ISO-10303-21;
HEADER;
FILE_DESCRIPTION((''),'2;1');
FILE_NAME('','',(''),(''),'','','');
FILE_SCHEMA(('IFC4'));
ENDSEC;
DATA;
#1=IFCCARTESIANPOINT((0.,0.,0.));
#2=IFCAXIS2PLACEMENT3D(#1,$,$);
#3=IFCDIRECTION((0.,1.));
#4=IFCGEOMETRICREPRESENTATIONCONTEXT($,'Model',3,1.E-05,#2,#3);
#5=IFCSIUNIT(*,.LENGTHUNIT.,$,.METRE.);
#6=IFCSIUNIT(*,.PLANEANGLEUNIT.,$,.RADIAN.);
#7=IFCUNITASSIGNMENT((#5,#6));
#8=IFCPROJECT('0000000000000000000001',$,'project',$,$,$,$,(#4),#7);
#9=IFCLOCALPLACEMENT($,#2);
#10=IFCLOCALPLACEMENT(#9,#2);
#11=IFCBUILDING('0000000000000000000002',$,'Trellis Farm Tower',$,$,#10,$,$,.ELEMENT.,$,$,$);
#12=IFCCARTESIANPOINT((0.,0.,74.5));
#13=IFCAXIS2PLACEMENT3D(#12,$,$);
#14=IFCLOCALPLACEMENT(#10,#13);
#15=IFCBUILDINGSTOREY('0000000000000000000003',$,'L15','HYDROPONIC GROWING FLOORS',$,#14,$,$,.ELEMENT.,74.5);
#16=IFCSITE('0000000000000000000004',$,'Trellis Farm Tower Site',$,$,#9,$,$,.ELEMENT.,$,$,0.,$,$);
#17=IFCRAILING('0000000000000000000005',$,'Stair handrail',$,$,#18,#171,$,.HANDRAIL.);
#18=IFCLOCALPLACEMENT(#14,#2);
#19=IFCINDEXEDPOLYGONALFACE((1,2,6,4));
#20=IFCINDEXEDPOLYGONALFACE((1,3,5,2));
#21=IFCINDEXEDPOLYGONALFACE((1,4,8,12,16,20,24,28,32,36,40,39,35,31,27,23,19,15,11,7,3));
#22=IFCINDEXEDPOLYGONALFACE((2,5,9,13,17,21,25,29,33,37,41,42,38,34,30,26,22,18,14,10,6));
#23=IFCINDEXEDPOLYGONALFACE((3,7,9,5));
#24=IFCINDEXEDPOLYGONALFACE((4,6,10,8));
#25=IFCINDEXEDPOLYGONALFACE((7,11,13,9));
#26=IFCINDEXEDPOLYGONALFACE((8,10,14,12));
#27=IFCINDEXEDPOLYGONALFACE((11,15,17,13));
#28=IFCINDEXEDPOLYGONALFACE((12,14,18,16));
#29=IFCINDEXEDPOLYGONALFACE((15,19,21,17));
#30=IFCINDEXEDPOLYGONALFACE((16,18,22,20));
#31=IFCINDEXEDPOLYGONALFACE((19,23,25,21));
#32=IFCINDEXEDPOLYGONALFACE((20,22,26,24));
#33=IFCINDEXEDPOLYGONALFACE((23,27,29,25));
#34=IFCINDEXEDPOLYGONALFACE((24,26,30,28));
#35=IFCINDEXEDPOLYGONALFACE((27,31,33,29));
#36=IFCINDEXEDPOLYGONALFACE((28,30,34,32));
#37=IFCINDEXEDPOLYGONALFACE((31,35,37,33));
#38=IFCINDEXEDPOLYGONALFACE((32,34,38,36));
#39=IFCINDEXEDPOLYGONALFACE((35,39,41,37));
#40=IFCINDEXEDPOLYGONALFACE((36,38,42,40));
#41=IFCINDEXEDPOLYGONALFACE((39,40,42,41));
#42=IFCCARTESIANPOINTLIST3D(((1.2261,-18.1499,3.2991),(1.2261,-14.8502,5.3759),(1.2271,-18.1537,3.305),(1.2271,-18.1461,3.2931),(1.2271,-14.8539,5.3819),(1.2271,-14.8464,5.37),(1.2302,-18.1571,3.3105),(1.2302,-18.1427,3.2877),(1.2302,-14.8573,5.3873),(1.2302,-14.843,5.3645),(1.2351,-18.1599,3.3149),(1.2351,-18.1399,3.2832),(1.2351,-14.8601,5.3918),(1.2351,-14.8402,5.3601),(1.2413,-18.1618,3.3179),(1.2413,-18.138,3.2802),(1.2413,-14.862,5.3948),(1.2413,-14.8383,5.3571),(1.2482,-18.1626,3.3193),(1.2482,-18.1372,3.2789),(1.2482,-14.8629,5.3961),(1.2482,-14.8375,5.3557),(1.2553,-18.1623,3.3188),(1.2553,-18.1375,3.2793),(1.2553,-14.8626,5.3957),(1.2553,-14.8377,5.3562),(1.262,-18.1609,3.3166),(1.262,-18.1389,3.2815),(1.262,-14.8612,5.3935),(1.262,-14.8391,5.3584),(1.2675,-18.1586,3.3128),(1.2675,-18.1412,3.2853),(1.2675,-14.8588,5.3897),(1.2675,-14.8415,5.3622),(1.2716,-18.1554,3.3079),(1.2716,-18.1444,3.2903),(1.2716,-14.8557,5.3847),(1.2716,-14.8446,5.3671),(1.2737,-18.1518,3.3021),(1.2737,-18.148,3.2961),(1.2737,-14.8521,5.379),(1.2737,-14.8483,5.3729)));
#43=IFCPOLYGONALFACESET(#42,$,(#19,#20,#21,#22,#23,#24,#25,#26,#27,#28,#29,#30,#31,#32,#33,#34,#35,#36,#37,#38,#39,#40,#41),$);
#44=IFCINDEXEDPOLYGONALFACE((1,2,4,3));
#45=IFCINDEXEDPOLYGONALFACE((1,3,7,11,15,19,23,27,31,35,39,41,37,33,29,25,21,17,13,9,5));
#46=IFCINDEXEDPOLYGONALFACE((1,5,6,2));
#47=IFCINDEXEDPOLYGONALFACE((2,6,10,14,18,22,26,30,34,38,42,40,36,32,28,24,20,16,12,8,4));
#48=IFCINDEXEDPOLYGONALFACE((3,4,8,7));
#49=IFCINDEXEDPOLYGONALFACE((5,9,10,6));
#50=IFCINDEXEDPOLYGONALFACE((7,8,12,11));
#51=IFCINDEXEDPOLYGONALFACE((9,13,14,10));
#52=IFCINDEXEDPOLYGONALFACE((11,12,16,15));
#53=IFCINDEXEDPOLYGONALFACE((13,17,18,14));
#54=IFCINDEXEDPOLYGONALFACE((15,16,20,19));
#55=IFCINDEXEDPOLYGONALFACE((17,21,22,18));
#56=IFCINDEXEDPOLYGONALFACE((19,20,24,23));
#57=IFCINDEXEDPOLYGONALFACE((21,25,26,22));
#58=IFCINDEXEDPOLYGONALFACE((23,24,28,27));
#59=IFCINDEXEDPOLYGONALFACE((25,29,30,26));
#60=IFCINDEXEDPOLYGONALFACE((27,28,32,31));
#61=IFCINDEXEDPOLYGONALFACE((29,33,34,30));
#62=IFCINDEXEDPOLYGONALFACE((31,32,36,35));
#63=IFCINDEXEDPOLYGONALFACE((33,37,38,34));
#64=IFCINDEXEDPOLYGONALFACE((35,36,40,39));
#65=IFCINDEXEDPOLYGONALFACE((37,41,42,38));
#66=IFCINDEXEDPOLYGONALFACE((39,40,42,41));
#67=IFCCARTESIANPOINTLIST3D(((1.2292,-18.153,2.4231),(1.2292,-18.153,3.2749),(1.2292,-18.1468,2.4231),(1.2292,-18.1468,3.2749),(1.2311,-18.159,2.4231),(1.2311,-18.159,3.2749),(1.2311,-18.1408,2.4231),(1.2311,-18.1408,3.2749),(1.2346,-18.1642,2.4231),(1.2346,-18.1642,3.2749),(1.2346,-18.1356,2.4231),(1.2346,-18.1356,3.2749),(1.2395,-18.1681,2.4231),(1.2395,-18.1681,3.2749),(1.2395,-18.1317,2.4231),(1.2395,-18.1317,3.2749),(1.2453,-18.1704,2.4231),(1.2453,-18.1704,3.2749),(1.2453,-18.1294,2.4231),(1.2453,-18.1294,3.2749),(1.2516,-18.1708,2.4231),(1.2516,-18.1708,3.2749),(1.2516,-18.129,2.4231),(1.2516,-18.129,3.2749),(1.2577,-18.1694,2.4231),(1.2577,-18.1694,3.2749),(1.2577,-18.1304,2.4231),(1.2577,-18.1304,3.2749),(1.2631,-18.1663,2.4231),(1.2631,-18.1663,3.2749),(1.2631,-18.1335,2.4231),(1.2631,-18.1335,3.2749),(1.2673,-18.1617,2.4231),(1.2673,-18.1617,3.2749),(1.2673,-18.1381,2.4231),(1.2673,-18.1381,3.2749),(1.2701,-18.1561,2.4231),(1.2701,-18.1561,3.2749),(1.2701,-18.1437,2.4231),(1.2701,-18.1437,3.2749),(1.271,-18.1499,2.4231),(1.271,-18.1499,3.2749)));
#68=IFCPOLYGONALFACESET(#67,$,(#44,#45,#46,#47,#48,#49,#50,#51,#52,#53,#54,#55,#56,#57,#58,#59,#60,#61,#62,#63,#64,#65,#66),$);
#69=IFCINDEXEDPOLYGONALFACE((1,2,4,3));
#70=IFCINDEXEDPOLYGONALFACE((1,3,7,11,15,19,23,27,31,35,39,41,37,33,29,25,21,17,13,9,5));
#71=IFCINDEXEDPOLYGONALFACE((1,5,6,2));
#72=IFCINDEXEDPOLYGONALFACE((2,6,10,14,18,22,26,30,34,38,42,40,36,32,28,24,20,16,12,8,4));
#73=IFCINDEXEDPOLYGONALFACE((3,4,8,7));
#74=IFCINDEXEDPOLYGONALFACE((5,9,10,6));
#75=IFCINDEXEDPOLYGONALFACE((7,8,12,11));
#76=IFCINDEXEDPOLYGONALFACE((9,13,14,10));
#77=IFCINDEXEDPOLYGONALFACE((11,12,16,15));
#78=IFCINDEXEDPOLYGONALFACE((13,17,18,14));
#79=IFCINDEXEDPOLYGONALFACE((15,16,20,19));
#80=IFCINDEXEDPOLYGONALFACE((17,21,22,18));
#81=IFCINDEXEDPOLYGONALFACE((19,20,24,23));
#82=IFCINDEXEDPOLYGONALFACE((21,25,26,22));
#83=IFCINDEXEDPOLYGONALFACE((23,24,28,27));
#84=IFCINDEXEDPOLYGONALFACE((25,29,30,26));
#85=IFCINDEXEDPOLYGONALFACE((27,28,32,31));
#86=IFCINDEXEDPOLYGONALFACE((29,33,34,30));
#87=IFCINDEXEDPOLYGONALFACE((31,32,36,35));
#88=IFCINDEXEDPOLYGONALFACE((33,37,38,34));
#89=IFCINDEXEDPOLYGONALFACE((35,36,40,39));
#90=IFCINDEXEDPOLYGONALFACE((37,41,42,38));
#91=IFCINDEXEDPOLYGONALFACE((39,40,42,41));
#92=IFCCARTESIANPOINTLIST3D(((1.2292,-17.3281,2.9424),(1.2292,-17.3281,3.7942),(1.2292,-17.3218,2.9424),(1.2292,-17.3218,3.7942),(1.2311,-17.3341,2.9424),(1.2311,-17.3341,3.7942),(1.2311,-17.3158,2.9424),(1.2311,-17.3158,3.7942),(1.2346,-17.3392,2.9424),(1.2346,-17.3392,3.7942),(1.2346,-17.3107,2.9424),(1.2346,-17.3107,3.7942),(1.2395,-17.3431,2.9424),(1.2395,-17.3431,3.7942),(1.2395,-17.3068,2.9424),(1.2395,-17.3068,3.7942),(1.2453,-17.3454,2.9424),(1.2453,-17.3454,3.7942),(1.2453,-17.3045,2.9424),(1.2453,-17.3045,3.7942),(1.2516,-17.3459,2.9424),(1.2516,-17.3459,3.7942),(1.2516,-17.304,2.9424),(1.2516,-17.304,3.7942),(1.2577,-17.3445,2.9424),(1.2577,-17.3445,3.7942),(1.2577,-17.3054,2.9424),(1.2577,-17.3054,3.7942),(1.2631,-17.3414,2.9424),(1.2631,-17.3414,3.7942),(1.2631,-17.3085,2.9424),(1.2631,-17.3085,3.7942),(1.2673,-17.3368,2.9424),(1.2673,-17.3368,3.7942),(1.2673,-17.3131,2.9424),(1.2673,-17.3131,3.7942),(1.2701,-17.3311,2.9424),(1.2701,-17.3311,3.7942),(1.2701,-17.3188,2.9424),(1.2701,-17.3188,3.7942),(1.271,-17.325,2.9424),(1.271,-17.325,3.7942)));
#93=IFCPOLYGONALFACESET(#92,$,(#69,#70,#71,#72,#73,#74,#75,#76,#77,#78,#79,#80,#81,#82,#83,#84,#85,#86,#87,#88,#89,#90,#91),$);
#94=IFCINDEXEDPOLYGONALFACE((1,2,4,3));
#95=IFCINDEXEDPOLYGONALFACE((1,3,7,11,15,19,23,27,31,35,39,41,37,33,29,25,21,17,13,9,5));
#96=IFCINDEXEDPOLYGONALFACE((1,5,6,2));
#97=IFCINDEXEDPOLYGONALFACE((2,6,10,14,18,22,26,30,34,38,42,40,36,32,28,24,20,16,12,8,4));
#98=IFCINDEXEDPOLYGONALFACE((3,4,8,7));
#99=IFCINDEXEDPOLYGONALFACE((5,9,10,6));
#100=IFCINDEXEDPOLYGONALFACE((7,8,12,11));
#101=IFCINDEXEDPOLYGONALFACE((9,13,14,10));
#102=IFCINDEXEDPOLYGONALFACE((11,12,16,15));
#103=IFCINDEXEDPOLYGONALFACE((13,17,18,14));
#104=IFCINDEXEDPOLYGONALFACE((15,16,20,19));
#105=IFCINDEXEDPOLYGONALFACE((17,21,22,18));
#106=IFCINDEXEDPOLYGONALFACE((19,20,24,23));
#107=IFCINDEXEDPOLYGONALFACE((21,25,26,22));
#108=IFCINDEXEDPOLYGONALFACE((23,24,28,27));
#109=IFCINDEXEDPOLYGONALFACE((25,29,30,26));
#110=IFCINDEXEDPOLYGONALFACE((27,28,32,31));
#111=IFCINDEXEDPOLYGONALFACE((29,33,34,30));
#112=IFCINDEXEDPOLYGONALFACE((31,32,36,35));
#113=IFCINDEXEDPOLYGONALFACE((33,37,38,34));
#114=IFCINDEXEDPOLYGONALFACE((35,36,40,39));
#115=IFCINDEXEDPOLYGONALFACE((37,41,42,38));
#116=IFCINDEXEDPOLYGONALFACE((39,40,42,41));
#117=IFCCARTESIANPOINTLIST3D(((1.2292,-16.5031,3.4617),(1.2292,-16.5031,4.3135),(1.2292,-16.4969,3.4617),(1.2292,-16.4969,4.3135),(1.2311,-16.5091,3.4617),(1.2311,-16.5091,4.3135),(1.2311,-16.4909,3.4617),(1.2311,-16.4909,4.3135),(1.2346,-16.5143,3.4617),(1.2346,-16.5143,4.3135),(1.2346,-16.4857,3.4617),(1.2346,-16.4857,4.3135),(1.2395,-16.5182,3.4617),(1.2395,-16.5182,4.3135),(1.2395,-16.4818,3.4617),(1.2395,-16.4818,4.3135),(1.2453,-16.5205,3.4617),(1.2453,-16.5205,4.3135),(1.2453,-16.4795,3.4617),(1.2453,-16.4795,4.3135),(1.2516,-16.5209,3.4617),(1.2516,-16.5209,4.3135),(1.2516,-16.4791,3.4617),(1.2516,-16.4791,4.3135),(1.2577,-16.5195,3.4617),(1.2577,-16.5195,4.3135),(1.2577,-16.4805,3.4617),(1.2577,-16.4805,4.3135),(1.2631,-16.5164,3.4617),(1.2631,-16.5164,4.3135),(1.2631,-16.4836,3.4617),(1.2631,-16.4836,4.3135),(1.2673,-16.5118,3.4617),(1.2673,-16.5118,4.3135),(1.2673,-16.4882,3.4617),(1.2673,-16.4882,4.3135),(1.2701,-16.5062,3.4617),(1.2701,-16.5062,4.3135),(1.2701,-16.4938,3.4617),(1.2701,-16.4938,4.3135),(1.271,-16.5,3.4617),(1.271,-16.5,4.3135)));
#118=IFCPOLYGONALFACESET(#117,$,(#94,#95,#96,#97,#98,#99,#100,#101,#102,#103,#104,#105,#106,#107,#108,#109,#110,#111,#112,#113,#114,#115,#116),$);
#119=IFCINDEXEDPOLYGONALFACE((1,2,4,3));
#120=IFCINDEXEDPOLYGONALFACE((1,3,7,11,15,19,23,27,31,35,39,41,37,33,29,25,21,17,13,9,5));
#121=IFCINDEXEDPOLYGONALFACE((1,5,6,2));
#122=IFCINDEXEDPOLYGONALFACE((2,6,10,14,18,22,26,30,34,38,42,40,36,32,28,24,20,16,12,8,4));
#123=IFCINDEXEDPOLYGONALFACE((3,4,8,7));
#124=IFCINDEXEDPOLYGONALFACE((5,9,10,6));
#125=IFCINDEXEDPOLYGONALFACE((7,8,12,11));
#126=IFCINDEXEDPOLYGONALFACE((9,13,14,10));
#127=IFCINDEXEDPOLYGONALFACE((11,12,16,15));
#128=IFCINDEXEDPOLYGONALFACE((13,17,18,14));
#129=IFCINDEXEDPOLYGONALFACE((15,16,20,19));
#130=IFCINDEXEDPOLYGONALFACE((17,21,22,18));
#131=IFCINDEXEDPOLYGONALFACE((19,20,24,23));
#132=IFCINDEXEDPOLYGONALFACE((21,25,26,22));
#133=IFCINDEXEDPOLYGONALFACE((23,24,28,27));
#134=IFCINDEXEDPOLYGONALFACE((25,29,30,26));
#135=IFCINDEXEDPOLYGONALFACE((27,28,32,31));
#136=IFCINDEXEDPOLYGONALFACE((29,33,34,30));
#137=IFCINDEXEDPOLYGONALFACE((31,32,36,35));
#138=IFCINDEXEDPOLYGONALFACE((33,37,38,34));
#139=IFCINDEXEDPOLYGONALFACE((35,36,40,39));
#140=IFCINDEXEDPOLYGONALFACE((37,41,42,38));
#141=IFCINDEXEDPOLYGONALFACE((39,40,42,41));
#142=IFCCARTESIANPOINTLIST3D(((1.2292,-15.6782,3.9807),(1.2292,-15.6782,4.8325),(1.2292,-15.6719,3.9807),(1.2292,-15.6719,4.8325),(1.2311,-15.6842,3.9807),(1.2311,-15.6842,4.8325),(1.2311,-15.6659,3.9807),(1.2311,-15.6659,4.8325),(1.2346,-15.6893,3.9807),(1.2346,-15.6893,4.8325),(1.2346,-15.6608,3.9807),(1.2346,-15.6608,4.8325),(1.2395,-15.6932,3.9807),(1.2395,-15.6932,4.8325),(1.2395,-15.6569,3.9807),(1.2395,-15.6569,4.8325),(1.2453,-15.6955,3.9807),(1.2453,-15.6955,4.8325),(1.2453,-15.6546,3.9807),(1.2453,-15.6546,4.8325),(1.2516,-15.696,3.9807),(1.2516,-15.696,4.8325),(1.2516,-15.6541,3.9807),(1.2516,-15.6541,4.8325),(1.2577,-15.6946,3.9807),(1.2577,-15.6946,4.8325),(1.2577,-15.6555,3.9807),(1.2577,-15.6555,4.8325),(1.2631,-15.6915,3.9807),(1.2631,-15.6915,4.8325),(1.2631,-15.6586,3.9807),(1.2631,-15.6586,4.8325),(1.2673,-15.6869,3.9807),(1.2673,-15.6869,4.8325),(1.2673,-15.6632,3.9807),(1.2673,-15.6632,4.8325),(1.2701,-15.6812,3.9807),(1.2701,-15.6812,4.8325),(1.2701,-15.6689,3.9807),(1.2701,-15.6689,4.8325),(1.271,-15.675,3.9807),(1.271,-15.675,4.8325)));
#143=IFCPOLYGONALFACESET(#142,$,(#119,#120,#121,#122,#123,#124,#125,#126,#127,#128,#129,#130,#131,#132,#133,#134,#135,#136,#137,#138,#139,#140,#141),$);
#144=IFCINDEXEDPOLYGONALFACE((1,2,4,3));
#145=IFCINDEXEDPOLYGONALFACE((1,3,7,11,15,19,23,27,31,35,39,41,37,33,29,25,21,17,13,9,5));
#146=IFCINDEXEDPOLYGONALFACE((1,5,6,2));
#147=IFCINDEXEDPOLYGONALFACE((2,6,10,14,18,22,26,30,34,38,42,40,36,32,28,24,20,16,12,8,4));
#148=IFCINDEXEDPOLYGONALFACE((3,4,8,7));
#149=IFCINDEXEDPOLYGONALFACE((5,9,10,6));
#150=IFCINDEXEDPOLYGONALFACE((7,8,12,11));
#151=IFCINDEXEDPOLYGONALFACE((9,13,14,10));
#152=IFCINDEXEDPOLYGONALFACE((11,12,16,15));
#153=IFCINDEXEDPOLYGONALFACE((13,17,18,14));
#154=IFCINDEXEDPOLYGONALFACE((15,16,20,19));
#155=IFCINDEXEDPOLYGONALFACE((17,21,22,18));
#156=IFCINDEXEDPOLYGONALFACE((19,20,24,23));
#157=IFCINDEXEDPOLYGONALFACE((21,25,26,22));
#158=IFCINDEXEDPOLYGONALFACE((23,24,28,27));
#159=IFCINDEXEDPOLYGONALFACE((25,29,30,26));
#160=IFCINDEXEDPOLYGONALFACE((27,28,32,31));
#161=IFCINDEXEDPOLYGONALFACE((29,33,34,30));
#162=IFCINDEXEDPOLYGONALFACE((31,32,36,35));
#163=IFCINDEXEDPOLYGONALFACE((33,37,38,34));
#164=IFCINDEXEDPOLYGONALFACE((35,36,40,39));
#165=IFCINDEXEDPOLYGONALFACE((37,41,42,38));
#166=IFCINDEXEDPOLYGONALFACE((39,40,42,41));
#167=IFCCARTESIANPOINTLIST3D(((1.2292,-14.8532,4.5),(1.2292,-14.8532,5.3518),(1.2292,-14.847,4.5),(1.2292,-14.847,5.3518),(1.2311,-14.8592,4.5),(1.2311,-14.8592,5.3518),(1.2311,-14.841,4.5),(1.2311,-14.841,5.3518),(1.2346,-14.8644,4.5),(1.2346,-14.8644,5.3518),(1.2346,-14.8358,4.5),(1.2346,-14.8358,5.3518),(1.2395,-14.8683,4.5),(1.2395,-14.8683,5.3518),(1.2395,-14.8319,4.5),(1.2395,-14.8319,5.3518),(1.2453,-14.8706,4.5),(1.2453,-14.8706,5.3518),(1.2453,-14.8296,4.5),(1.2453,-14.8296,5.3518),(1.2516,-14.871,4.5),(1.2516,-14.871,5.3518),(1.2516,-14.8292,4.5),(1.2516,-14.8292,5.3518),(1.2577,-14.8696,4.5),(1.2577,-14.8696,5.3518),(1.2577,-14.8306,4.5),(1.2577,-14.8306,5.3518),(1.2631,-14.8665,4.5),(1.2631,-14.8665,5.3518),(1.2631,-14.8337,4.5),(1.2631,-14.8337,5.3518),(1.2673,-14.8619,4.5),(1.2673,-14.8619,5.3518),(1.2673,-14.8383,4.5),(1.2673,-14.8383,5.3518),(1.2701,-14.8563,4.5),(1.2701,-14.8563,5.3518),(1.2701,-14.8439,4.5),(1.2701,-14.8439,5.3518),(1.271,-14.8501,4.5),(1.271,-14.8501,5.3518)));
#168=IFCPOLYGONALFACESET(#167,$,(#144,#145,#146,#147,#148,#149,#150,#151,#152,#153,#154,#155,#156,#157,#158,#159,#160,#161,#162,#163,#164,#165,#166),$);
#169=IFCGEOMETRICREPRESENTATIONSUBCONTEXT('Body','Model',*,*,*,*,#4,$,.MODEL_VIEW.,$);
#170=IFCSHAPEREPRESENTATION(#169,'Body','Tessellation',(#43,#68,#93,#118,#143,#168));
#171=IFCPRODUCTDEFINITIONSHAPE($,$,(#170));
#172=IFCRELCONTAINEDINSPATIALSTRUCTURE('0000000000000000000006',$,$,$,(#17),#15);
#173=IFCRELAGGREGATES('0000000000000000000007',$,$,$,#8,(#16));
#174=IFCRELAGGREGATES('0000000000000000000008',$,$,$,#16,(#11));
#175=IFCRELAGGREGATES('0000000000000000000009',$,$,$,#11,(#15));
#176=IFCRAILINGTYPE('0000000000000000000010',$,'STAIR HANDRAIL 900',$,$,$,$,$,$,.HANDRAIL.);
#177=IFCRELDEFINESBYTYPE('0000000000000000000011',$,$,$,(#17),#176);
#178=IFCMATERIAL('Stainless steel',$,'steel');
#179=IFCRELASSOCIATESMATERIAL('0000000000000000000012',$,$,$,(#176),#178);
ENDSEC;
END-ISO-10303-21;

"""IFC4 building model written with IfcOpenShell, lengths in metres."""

from ifc_helpers import new_model, si_unit, direction, frame, origin, origin_2d, place, context, subcontext, project, spatial, circle, extrude, source, transform, mapped, material, type_object, element, save


model = new_model("IFC4")

# Units and contexts
model_context = context("Model", 3, precision=1e-05, world=origin(), true_north=direction((0.0, 1.0)))
body_context = subcontext(model_context, "Body", "Model", "MODEL_VIEW")
ifc_project = project(units=[si_unit("LENGTHUNIT", "METRE"), si_unit("PLANEANGLEUNIT", "RADIAN")], contexts=[model_context])

# Site, building, storey
site_placement = place(None, origin())
site = spatial("IfcSite", under=ifc_project, at=site_placement, Name="Trellis Farm Tower Site", CompositionType="ELEMENT", RefElevation=0.0)
building_placement = place(site_placement, origin())
building = spatial("IfcBuilding", under=site, at=building_placement, Name="Trellis Farm Tower", CompositionType="ELEMENT")
storey_placement = place(building_placement, frame((0.0, 0.0, 74.5)))
storey = spatial("IfcBuildingStorey", under=building, at=storey_placement, Name="L15", Description="HYDROPONIC GROWING FLOORS", CompositionType="ELEMENT", Elevation=74.5)

# Railing
ifc_material_1 = material(Name="Stainless steel", Category="steel")
railing_type = type_object("IfcRailingType", Name="STAIR HANDRAIL 900", PredefinedType="HANDRAIL", material=ifc_material_1)
shared_shape_1 = source(origin(), body_context, "Body", "SweptSolid", [
    extrude(circle(Radius=0.0239, at=origin_2d()), frame((0.0, 0.0, 0.876), z_axis=(0.0, 0.84632, 0.532675), x_axis=(-1.0, 0.0, 0.0)), (0.0, 0.0, 1.0), 3.8989),
    extrude(circle(Radius=0.021, at=origin_2d()), origin(), (0.0, 0.0, 1.0), 0.8518),
    extrude(circle(Radius=0.021, at=origin_2d()), frame((0.0, 0.825, 0.5193)), (0.0, 0.0, 1.0), 0.8518),
    extrude(circle(Radius=0.021, at=origin_2d()), frame((0.0, 1.6499, 1.0386)), (0.0, 0.0, 1.0), 0.8518),
    extrude(circle(Radius=0.021, at=origin_2d()), frame((0.0, 2.4749, 1.5576)), (0.0, 0.0, 1.0), 0.8518),
    extrude(circle(Radius=0.021, at=origin_2d()), frame((0.0, 3.2998, 2.0769)), (0.0, 0.0, 1.0), 0.8518),
])
railing_placement = place(storey_placement, frame((1.25, -18.1499, 2.4231)))
element("IfcRailing", 1, at=railing_placement, inside=storey, type_object=railing_type, Name="Stair handrail", PredefinedType="HANDRAIL", context=body_context, shape_type="MappedRepresentation", body=[
    mapped(shared_shape_1, transform((0.0, 0.0, 0.0))),
])

save(model, "model.ifc")
